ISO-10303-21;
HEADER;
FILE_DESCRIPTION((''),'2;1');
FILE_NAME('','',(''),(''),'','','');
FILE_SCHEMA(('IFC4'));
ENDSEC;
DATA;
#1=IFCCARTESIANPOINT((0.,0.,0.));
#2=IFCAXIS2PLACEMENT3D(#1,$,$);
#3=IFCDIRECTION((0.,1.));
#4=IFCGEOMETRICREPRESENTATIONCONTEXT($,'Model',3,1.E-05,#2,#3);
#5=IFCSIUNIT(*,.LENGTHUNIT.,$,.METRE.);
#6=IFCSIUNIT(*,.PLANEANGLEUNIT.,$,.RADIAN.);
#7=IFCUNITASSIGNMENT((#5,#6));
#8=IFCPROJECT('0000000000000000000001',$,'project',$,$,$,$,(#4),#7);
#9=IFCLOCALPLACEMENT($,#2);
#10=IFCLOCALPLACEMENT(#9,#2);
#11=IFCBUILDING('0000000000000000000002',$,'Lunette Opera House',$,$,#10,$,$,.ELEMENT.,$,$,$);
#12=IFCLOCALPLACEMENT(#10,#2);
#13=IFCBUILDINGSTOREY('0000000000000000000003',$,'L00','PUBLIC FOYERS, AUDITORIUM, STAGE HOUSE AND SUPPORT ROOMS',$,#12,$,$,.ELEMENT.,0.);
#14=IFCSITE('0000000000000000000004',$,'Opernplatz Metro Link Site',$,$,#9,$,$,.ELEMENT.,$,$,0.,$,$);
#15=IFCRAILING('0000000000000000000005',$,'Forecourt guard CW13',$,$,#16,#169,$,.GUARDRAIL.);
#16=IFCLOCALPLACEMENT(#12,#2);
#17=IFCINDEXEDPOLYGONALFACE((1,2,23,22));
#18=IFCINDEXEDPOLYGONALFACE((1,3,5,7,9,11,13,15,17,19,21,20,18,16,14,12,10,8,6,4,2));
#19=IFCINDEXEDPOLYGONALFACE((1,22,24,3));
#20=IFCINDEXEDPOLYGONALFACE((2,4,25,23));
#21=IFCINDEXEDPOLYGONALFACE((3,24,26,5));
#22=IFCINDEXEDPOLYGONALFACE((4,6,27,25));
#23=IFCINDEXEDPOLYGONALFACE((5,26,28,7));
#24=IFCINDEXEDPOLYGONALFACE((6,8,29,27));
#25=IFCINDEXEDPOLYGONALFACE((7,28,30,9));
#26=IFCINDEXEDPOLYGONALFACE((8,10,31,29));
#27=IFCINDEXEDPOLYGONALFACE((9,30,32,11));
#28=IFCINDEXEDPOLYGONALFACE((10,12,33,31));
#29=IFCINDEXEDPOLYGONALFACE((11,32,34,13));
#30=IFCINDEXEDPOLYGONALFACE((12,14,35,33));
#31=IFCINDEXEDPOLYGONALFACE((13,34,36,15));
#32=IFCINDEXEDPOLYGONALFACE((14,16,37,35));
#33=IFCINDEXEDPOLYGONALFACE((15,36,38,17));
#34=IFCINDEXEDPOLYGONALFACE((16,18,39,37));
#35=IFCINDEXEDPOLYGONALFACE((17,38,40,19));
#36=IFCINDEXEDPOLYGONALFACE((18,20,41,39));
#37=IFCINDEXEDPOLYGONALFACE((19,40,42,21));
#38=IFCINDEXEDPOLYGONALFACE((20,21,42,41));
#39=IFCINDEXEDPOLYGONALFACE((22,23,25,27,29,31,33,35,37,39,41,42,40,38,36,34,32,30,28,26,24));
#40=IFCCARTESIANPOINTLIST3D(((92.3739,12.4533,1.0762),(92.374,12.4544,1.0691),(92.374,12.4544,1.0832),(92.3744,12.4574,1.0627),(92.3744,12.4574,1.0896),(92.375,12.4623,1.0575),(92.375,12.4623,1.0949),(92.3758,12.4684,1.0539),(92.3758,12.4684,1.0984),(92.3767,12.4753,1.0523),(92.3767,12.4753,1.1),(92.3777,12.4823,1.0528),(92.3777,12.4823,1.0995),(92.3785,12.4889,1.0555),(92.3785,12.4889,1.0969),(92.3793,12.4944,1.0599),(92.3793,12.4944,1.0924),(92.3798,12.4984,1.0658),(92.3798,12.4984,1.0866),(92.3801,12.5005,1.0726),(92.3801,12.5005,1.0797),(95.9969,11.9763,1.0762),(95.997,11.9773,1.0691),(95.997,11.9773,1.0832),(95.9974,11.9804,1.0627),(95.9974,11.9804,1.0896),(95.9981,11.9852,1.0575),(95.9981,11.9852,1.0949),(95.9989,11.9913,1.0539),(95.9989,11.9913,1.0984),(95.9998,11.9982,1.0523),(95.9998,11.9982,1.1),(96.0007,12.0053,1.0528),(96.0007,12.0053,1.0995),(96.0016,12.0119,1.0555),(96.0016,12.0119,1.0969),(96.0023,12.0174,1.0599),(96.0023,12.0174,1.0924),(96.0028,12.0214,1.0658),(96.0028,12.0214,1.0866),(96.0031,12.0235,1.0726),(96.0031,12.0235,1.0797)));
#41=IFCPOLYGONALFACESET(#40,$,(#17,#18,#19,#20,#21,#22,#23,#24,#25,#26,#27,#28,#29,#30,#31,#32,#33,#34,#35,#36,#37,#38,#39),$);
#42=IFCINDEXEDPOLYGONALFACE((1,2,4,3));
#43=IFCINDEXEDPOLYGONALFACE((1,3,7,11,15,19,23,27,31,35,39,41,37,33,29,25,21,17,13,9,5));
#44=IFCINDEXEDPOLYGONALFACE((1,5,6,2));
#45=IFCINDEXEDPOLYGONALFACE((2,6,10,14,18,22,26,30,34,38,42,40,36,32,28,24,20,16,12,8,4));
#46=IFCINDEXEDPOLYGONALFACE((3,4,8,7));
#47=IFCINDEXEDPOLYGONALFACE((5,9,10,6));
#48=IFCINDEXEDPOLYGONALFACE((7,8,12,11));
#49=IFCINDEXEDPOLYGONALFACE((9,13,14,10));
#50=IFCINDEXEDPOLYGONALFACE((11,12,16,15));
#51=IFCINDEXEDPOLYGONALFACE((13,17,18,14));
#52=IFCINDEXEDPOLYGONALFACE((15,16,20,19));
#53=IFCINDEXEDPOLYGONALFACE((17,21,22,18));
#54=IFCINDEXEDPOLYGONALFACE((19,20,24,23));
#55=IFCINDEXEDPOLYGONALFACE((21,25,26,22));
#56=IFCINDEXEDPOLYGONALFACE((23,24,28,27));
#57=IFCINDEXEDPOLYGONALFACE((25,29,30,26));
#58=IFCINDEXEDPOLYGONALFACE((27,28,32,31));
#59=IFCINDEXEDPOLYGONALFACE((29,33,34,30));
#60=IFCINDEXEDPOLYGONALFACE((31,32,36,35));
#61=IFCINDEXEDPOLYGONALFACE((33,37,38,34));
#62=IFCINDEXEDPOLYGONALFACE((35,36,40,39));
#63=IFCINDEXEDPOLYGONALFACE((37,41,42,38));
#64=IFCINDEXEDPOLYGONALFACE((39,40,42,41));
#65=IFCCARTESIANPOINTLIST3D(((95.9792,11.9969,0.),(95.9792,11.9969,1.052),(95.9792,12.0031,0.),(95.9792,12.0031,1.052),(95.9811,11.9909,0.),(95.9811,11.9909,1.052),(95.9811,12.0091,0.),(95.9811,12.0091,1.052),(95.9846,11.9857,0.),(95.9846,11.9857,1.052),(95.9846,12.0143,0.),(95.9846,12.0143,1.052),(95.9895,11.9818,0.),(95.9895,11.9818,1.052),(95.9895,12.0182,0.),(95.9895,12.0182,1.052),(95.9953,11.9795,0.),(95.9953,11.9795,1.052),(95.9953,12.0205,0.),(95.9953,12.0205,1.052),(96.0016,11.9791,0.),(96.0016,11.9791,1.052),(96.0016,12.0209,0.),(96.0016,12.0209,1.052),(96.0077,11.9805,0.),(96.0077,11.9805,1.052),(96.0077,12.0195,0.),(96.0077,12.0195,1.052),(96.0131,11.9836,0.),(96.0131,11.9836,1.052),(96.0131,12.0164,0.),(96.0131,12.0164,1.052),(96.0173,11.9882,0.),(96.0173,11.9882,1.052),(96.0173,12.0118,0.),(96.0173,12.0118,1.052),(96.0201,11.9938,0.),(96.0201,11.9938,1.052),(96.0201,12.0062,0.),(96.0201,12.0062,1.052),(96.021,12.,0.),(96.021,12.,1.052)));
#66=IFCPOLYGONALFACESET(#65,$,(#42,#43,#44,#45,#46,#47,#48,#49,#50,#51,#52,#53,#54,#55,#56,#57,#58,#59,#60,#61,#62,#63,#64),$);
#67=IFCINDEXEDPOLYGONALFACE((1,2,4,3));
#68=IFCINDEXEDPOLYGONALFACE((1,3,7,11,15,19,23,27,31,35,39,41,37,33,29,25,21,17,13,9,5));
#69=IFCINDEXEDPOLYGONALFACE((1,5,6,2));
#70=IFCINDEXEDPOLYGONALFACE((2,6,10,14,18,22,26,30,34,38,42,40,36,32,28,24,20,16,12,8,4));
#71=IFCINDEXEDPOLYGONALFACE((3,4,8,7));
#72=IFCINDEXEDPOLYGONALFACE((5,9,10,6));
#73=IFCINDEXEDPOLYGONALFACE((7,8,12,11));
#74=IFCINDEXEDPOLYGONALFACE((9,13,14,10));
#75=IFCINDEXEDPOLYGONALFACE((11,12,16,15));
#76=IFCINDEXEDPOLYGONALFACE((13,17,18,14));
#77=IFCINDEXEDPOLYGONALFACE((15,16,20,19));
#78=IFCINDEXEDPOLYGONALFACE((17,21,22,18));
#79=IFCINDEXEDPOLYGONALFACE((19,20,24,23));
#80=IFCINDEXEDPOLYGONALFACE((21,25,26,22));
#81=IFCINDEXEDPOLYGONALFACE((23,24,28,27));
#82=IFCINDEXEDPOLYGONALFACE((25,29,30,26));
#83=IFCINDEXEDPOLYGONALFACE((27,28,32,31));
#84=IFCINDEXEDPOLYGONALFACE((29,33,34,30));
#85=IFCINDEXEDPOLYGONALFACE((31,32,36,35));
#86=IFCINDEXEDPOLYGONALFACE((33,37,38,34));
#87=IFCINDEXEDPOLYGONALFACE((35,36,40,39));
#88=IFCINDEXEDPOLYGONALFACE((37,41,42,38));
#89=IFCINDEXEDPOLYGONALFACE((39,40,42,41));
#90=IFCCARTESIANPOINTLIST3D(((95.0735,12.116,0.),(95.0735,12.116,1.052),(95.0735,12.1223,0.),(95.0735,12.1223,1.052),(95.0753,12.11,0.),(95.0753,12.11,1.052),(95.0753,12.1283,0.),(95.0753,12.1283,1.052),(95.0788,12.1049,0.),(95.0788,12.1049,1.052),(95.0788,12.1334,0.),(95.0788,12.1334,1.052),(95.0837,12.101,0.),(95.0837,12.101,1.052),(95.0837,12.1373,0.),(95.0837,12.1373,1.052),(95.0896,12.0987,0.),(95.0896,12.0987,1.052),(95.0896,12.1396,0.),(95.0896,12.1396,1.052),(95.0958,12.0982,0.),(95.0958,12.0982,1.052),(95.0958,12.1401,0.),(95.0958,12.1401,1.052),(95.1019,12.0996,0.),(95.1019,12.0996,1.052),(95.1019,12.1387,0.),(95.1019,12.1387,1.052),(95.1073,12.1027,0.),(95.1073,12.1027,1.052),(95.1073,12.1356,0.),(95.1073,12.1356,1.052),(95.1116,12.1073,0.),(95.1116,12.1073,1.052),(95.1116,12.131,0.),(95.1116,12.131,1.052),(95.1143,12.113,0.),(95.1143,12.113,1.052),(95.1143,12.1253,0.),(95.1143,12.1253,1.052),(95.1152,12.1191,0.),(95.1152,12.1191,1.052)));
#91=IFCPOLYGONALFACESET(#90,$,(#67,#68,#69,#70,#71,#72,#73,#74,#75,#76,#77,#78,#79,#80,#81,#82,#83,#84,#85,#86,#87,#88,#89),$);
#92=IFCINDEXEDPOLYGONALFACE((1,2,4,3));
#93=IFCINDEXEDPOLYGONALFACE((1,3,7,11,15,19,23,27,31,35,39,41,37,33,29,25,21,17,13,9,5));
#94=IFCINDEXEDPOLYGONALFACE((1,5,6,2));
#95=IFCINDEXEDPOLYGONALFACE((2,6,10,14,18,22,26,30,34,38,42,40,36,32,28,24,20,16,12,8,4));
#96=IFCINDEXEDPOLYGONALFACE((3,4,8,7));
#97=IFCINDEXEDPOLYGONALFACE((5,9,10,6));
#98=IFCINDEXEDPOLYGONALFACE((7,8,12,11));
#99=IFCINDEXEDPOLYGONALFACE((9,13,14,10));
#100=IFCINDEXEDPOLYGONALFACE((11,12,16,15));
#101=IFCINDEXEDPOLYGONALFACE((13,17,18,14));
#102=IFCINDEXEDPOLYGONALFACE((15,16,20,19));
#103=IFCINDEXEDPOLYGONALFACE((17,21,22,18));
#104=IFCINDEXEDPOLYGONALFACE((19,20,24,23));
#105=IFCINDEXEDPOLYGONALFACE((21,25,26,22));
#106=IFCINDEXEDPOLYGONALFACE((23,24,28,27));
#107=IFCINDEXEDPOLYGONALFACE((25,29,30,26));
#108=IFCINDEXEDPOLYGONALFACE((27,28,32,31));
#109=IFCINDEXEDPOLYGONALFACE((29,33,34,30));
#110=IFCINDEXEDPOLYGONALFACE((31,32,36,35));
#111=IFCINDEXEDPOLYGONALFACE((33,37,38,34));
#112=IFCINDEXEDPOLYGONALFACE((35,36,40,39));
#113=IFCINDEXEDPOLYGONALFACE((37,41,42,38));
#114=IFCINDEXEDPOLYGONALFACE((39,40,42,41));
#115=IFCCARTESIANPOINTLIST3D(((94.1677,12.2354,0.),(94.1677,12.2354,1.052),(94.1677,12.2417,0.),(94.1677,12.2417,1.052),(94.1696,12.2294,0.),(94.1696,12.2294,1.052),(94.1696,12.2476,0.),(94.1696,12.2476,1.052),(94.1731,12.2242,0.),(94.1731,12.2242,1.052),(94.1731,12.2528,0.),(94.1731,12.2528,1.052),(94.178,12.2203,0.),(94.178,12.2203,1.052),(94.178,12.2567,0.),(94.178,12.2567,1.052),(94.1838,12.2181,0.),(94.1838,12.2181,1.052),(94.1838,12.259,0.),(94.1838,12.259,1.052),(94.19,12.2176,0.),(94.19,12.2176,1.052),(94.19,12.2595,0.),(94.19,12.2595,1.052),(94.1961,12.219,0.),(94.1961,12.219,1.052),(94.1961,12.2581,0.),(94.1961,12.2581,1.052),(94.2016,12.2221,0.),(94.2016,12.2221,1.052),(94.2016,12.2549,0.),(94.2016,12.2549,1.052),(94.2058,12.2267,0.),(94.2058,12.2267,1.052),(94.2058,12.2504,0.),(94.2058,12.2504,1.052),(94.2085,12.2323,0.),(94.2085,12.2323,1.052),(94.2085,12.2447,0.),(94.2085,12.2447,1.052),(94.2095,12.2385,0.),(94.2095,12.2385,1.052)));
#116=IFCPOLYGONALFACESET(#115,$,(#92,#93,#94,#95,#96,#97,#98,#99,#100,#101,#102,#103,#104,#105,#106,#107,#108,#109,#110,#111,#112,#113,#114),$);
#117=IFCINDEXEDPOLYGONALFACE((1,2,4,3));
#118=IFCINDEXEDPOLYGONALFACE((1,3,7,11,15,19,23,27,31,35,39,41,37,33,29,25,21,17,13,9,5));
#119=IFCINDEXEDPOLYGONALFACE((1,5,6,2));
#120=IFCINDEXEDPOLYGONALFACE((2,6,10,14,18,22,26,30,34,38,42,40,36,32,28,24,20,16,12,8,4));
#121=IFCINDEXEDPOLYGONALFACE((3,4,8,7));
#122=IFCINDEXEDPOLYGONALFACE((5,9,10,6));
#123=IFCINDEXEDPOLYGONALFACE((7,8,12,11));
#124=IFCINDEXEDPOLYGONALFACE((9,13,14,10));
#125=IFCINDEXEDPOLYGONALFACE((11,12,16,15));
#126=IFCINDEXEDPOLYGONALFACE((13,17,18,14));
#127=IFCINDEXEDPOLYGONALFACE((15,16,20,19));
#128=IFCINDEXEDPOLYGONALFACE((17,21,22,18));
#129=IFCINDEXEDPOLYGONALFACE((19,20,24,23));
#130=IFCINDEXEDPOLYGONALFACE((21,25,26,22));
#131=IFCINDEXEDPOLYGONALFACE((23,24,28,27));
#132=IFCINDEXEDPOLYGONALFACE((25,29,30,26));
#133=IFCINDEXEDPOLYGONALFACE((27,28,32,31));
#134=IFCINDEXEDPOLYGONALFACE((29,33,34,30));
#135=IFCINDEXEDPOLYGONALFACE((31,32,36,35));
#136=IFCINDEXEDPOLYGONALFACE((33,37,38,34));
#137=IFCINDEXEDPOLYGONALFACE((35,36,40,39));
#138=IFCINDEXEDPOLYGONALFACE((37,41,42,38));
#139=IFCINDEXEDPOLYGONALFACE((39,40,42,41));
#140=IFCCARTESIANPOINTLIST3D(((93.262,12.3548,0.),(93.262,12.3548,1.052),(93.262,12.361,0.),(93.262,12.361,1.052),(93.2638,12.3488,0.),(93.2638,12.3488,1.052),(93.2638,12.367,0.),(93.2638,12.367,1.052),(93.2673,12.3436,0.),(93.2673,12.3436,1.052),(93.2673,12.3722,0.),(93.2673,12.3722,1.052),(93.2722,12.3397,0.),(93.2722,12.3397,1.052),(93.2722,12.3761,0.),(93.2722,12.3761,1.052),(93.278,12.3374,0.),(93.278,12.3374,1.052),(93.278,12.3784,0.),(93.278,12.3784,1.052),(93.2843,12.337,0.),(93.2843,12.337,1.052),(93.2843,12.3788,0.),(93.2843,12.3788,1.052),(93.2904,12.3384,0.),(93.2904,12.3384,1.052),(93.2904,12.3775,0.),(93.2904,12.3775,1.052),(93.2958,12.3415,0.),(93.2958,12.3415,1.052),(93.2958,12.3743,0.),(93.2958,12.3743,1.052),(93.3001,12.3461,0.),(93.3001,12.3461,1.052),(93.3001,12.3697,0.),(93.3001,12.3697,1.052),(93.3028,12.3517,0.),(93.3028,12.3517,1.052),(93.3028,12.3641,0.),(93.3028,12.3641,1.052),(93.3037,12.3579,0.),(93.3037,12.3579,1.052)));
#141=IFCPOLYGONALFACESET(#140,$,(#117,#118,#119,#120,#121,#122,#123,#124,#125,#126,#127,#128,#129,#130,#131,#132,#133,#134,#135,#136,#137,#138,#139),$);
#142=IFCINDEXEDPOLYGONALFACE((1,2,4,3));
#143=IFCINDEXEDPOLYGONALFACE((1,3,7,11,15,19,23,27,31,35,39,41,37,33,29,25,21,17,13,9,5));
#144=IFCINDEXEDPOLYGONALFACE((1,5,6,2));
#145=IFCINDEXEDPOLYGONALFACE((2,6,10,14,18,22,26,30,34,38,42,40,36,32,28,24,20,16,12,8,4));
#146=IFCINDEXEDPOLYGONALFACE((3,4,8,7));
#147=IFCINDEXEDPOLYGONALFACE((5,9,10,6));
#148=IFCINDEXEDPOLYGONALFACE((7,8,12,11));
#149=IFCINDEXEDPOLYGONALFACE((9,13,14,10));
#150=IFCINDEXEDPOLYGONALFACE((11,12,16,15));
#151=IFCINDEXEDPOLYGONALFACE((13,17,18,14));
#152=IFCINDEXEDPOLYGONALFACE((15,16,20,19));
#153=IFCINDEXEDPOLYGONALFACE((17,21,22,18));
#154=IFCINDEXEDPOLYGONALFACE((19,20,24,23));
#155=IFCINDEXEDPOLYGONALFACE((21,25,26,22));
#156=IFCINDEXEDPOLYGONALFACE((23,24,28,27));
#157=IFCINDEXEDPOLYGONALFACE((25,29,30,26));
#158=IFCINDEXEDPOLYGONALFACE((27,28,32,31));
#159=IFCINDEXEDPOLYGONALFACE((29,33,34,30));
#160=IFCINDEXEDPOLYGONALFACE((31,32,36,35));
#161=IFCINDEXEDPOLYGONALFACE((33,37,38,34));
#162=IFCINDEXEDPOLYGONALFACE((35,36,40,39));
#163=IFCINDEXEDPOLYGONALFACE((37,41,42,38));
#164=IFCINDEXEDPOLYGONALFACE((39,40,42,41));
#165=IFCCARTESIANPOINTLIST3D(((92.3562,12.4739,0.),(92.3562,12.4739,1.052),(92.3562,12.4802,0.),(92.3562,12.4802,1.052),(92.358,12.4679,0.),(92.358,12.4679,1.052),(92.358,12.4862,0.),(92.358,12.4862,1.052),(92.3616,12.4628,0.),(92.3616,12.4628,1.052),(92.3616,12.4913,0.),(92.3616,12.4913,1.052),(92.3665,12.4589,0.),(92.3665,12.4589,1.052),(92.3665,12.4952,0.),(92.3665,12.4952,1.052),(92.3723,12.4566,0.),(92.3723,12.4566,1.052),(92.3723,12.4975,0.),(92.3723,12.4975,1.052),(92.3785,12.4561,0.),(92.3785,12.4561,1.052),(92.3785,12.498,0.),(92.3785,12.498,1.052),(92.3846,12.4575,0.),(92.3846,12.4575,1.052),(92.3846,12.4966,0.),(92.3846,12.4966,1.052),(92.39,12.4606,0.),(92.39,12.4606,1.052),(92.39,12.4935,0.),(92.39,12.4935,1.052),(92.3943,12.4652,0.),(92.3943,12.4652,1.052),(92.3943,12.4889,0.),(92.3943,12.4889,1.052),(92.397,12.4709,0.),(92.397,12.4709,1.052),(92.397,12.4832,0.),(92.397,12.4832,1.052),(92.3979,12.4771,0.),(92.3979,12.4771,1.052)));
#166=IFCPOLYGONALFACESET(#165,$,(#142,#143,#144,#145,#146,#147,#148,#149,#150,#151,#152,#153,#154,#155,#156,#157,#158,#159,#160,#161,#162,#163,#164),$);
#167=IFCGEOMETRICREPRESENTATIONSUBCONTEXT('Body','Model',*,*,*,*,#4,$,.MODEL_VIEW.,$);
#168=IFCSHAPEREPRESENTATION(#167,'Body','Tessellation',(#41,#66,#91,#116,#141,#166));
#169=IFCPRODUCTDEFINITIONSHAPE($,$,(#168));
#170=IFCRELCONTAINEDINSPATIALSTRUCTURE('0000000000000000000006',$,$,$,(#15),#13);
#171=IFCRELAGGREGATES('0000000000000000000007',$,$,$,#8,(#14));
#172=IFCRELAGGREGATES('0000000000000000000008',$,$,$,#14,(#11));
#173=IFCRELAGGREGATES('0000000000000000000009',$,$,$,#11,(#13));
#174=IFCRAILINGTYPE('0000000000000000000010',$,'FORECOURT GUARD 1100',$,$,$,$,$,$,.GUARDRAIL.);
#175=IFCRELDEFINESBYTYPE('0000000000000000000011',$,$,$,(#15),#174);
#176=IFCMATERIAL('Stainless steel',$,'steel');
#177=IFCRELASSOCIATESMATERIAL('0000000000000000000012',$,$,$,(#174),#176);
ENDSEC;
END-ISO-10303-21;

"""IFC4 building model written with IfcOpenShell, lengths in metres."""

from ifc_helpers import new_model, si_unit, direction, frame, origin, origin_2d, place, context, subcontext, project, spatial, circle, extrude, material, type_object, element, save


model = new_model("IFC4")

# Units and contexts
model_context = context("Model", 3, precision=1e-05, world=origin(), true_north=direction((0.0, 1.0)))
body_context = subcontext(model_context, "Body", "Model", "MODEL_VIEW")
ifc_project = project(units=[si_unit("LENGTHUNIT", "METRE"), si_unit("PLANEANGLEUNIT", "RADIAN")], contexts=[model_context])

# Site, building, storey
site_placement = place(None, origin())
site = spatial("IfcSite", under=ifc_project, at=site_placement, Name="Opernplatz Metro Link Site", CompositionType="ELEMENT", RefElevation=0.0)
building_placement = place(site_placement, origin())
building = spatial("IfcBuilding", under=site, at=building_placement, Name="Lunette Opera House", CompositionType="ELEMENT")
storey_placement = place(building_placement, origin())
storey = spatial("IfcBuildingStorey", under=building, at=storey_placement, Name="L00", Description="PUBLIC FOYERS, AUDITORIUM, STAGE HOUSE AND SUPPORT ROOMS", CompositionType="ELEMENT", Elevation=0.0)

# Railing
ifc_material_1 = material(Name="Stainless steel", Category="steel")
railing_type = type_object("IfcRailingType", Name="FORECOURT GUARD 1100", PredefinedType="GUARDRAIL", material=ifc_material_1)
railing_1_placement = place(storey_placement, frame((96.0, 12.0, 0.0)))
element("IfcRailing", 1, at=railing_1_placement, inside=storey, type_object=railing_type, Name="Forecourt guard CW13", PredefinedType="GUARDRAIL", context=body_context, shape_type="SweptSolid", body=[
    extrude(circle(Radius=0.0239, at=origin_2d()), frame((0.0, 0.0, 1.0762), z_axis=(-0.991442, 0.130544, 0.0), x_axis=(-0.130544, -0.991442, 0.0)), (0.0, 0.0, 1.0), 3.6543),
    extrude(circle(Radius=0.021, at=origin_2d()), origin(), (0.0, 0.0, 1.0), 1.052),
    extrude(circle(Radius=0.021, at=origin_2d()), frame((-0.9058, 0.1191, 0.0)), (0.0, 0.0, 1.0), 1.052),
    extrude(circle(Radius=0.021, at=origin_2d()), frame((-1.8115, 0.2385, 0.0)), (0.0, 0.0, 1.0), 1.052),
    extrude(circle(Radius=0.021, at=origin_2d()), frame((-2.7173, 0.3579, 0.0)), (0.0, 0.0, 1.0), 1.052),
    extrude(circle(Radius=0.021, at=origin_2d()), frame((-3.623, 0.4771, 0.0)), (0.0, 0.0, 1.0), 1.052),
])

save(model, "model.ifc")
